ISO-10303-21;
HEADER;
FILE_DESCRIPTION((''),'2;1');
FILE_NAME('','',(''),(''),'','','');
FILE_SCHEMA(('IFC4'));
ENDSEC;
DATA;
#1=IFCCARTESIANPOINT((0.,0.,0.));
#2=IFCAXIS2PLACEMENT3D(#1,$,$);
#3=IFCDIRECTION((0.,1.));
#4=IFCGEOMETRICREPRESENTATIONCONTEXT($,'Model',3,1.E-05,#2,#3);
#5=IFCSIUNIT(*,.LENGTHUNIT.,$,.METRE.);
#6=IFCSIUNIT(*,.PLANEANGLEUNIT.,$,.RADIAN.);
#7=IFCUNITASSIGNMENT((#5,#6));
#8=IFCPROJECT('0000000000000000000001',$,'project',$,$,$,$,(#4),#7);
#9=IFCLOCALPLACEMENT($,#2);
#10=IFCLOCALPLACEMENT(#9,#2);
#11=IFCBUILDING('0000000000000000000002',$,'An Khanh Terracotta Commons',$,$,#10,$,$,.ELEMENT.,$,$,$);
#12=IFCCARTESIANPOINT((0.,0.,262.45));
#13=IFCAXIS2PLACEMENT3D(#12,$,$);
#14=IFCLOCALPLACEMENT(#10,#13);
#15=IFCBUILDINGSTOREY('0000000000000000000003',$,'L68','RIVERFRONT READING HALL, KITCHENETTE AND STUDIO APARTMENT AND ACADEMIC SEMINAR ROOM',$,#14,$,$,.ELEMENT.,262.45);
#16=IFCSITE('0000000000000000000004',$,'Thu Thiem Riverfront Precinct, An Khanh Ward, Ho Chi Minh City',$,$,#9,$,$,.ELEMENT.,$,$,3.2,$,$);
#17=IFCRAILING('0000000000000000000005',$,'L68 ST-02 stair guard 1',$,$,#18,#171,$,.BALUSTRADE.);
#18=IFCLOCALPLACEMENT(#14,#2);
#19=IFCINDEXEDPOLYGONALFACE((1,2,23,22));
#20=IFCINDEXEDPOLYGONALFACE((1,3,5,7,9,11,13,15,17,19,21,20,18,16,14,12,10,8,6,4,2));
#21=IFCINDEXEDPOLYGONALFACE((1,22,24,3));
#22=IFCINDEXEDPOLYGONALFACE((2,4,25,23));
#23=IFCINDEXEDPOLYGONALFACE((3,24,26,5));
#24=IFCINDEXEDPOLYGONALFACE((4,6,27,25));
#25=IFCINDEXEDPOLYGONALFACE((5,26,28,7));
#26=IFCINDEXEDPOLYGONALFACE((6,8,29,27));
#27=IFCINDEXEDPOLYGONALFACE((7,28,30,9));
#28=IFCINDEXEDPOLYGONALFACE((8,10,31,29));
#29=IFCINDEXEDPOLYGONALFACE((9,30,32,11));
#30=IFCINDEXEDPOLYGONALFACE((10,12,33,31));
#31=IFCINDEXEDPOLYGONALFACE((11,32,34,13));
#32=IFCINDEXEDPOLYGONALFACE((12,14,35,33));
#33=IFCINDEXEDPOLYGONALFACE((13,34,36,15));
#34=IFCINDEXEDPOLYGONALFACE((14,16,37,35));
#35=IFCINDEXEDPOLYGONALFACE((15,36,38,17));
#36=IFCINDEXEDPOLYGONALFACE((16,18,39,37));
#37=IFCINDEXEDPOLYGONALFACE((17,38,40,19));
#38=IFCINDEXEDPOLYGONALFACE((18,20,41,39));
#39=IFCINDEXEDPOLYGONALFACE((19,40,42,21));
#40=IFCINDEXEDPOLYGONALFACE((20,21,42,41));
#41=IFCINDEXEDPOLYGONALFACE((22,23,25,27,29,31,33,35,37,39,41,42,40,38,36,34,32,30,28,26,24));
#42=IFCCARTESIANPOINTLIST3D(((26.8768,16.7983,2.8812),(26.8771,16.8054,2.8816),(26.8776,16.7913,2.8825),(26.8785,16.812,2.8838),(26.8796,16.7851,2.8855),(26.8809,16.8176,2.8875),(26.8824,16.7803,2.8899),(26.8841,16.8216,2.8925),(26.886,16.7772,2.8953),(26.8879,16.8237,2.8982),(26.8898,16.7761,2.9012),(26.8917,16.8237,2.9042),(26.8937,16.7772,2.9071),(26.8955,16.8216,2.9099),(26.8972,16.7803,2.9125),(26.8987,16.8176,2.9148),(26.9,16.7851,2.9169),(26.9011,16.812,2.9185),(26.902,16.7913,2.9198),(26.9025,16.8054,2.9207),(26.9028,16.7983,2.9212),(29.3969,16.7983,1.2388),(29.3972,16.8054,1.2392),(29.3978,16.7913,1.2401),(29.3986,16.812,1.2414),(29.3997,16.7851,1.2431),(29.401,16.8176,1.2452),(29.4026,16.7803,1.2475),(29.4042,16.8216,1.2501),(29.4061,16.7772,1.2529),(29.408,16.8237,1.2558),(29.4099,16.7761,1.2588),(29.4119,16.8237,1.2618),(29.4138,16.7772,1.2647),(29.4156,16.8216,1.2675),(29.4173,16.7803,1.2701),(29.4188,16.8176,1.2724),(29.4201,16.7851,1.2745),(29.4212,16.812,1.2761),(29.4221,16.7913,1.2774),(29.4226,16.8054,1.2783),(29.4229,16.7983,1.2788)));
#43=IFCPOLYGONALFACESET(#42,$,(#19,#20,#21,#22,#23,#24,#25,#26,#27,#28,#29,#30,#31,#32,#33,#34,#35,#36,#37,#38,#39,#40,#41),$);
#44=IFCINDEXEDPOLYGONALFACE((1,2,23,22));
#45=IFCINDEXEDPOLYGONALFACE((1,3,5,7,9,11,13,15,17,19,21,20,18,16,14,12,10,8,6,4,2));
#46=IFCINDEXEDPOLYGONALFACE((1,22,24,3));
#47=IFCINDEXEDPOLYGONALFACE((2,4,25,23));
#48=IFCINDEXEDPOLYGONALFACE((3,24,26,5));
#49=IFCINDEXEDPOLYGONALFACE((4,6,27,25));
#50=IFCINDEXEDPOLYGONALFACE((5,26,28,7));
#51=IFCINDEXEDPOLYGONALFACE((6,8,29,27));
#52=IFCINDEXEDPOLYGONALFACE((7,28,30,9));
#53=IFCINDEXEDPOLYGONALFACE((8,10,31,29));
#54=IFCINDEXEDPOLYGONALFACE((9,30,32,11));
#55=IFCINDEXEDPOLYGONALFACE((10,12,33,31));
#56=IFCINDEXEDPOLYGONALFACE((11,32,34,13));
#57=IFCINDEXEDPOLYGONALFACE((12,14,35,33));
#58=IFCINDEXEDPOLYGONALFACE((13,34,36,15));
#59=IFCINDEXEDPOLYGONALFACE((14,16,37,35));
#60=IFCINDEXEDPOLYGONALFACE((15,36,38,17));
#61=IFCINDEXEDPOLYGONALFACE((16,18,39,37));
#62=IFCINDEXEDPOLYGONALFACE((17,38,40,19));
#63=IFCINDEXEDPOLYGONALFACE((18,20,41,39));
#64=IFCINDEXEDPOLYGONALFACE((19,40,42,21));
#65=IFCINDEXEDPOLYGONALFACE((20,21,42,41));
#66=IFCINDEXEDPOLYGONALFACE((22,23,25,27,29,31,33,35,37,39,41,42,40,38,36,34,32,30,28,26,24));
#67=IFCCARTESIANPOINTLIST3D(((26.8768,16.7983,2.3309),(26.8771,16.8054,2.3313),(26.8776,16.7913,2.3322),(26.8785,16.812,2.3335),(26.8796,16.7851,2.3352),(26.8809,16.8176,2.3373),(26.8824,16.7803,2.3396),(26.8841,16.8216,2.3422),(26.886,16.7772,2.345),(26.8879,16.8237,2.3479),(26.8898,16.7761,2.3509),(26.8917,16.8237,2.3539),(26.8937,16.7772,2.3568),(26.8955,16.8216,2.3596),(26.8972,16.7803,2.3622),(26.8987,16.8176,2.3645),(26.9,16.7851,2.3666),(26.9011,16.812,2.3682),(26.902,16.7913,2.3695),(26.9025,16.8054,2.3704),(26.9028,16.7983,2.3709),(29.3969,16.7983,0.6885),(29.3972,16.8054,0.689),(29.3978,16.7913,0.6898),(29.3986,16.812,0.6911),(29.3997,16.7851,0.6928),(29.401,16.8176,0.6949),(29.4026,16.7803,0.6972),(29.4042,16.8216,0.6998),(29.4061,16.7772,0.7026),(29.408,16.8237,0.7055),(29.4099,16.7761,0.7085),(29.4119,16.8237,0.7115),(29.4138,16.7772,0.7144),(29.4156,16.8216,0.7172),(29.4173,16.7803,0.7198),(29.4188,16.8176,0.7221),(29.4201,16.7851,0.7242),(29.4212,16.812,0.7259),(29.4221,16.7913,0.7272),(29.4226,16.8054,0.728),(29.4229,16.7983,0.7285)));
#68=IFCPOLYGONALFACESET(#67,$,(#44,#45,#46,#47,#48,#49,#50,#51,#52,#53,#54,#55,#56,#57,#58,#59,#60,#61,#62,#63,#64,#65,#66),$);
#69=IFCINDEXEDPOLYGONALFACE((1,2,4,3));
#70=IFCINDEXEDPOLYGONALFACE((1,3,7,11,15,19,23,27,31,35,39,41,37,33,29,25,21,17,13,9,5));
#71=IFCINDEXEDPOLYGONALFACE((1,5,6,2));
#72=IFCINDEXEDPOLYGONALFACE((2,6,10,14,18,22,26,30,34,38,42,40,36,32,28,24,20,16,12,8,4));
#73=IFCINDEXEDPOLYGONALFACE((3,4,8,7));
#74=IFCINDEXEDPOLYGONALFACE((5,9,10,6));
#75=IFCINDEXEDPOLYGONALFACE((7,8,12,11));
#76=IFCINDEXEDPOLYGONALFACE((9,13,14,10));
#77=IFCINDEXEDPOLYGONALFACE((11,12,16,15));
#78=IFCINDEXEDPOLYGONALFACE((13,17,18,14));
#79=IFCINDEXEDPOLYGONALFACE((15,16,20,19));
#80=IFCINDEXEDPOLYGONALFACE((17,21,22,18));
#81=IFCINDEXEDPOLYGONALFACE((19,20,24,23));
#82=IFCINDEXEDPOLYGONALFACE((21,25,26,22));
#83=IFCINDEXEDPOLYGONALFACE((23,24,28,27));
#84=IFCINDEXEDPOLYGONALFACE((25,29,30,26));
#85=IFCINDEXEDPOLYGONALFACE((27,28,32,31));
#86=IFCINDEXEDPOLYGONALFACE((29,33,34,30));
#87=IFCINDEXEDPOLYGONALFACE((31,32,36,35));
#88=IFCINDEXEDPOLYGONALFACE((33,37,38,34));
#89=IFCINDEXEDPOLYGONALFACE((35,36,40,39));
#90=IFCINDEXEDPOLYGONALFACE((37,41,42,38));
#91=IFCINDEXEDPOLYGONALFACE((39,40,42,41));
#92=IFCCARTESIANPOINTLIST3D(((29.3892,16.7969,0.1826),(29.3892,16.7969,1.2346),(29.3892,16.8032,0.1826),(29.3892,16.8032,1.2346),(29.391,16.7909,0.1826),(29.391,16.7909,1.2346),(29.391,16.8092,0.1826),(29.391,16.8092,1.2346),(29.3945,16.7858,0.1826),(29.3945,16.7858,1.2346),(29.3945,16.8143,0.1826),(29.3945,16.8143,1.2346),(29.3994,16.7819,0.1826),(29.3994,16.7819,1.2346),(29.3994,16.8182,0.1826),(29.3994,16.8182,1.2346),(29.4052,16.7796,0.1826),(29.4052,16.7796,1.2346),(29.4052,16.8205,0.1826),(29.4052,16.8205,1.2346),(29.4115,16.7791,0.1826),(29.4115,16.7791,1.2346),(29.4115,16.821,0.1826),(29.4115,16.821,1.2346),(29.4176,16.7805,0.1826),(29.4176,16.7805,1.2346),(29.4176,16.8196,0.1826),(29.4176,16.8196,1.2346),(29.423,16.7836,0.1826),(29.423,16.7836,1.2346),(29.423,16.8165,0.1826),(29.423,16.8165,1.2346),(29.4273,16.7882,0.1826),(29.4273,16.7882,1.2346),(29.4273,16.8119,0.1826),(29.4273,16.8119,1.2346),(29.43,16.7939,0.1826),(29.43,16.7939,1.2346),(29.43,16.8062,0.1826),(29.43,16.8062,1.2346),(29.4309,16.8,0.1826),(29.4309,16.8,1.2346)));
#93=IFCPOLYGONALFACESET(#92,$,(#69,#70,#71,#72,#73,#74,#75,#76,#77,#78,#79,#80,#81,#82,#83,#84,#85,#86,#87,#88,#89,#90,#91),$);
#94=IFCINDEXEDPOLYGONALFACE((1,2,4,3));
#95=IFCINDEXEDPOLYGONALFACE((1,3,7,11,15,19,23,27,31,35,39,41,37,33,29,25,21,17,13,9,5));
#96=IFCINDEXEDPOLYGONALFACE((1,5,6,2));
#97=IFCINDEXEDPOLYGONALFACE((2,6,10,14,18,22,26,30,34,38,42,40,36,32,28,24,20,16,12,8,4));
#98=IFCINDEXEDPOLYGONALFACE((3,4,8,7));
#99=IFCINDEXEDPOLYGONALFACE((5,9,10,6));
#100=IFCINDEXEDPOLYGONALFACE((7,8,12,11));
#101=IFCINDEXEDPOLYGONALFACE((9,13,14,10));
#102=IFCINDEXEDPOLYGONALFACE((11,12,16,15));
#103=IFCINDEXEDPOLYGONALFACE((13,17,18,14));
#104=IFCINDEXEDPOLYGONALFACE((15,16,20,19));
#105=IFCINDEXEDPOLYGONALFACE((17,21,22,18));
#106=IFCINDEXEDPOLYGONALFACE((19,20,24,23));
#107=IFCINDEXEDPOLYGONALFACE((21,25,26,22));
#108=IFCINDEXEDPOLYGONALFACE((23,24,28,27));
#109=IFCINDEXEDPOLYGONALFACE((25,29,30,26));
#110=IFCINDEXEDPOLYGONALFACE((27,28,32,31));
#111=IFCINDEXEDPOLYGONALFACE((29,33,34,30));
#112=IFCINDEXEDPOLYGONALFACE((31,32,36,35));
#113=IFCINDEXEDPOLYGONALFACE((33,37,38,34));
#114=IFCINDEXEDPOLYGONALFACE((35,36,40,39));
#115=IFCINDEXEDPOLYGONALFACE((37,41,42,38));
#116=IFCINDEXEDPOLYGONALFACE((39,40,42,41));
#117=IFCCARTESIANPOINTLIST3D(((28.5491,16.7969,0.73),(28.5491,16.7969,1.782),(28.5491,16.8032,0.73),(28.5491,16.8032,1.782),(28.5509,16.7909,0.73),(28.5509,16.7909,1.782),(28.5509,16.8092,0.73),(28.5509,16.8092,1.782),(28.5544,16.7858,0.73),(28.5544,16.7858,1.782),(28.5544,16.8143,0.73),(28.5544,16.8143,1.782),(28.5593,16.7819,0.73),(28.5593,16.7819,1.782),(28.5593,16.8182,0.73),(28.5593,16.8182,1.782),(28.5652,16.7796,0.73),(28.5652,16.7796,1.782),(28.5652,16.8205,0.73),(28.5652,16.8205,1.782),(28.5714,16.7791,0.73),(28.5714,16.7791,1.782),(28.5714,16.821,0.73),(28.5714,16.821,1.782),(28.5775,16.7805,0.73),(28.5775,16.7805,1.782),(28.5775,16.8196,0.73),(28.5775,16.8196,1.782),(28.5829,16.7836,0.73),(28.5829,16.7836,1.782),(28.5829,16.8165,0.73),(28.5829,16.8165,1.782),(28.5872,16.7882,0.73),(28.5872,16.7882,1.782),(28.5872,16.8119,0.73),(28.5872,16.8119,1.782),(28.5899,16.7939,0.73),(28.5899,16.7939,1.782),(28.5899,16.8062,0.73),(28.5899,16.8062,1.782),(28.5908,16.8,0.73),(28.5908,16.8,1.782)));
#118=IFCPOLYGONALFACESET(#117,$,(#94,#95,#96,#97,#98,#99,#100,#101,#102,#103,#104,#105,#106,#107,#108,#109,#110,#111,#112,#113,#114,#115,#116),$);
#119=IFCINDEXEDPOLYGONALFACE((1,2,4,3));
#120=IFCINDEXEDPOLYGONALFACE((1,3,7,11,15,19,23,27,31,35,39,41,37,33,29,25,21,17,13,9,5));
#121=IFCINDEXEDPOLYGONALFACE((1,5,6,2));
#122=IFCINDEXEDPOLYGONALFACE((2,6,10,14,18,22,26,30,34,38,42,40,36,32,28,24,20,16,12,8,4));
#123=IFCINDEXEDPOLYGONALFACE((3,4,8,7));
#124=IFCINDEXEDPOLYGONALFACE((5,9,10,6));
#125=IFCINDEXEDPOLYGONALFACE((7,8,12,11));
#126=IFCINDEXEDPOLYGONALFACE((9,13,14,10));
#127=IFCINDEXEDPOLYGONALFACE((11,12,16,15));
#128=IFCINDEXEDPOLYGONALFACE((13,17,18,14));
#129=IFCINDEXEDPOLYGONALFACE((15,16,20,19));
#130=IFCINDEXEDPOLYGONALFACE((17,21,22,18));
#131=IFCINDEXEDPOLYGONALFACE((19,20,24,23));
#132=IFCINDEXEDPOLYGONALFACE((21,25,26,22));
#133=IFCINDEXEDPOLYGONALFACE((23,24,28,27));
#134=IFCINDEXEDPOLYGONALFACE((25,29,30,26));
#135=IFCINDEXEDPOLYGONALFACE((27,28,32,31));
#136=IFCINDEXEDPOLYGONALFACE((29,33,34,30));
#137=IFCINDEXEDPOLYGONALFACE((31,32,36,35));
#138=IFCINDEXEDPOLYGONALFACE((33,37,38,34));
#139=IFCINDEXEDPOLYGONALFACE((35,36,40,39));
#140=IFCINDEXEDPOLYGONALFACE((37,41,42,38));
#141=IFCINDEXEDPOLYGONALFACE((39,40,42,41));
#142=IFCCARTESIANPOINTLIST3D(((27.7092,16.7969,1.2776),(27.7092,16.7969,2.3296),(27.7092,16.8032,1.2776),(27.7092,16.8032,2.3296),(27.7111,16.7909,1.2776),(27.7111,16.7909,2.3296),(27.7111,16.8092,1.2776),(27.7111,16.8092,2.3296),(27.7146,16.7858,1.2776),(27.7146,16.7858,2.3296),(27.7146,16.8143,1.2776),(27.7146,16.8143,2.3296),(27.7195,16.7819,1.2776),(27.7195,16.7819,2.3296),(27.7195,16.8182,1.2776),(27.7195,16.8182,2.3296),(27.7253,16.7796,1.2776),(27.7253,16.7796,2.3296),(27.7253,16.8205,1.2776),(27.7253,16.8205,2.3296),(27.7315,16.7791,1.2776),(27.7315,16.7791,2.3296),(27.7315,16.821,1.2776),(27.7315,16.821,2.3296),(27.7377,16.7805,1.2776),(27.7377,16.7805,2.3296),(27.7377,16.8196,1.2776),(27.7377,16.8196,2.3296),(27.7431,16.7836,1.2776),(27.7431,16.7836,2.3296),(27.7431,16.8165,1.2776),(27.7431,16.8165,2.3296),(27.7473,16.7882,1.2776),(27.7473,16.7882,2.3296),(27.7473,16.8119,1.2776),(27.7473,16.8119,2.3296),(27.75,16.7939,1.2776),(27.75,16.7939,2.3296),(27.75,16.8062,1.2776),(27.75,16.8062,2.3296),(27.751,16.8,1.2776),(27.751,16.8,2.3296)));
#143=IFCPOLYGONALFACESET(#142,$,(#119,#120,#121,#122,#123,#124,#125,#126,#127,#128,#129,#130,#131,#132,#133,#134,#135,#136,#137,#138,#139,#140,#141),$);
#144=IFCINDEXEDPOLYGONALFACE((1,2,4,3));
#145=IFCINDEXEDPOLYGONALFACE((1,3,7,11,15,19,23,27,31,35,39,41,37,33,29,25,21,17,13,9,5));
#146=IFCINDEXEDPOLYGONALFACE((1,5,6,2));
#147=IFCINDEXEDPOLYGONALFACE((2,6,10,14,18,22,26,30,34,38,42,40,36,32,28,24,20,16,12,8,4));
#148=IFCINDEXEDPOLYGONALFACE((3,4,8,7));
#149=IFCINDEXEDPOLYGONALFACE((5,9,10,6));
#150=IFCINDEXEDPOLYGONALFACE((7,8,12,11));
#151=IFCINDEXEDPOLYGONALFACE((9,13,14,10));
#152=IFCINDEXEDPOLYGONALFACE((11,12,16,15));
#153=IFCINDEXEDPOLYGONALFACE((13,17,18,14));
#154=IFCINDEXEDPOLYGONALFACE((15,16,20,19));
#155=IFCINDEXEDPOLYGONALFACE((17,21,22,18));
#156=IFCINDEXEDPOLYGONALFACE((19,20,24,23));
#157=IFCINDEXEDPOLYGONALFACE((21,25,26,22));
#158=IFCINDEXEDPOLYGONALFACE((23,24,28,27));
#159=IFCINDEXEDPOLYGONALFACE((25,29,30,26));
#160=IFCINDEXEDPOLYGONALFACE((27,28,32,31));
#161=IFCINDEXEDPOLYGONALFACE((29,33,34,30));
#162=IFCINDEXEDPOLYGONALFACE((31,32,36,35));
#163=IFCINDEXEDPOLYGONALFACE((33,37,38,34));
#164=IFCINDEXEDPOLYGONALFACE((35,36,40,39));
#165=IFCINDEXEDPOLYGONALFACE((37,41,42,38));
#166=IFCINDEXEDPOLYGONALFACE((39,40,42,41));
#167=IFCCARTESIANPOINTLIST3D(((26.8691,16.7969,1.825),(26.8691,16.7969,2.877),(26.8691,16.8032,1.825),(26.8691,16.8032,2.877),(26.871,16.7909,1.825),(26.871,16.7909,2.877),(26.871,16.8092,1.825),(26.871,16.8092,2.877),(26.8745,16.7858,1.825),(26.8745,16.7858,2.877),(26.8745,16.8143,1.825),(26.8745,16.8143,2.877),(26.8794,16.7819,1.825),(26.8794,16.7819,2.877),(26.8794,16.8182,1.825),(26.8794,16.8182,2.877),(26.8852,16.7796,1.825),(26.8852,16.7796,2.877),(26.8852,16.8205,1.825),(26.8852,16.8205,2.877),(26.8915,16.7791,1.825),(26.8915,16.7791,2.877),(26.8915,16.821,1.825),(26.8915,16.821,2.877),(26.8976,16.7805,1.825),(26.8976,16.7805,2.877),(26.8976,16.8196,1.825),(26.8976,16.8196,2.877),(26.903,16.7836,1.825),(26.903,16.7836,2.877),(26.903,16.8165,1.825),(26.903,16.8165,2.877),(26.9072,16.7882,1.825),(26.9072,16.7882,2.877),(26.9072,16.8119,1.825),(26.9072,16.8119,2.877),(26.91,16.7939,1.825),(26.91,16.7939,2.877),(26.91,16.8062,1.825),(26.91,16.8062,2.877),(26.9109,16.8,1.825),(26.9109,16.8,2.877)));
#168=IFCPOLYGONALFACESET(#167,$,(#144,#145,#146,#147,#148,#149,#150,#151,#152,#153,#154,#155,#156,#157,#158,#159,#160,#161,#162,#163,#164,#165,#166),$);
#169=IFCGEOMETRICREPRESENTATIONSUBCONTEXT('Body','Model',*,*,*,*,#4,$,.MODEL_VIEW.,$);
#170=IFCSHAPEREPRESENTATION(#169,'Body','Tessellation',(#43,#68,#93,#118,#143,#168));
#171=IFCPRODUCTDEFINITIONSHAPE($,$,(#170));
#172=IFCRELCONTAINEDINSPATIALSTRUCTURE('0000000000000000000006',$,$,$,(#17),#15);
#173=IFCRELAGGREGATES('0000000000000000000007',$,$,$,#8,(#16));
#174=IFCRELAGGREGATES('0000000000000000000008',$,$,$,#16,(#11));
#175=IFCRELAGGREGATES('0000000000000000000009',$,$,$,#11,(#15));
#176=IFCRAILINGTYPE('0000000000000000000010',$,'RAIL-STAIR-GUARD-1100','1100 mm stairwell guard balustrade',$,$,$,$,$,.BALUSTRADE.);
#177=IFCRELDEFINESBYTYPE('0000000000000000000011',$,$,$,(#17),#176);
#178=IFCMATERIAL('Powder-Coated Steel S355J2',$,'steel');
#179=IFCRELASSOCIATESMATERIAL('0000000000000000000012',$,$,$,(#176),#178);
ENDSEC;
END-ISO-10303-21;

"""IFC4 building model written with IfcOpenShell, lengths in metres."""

from ifc_helpers import new_model, si_unit, direction, frame, origin, origin_2d, place, context, subcontext, project, spatial, circle, extrude, material, type_object, element, save


model = new_model("IFC4")

# Units and contexts
model_context = context("Model", 3, precision=1e-05, world=origin(), true_north=direction((0.0, 1.0)))
body_context = subcontext(model_context, "Body", "Model", "MODEL_VIEW")
ifc_project = project(units=[si_unit("LENGTHUNIT", "METRE"), si_unit("PLANEANGLEUNIT", "RADIAN")], contexts=[model_context])

# Site, building, storey
site_placement = place(None, origin())
site = spatial("IfcSite", under=ifc_project, at=site_placement, Name="Thu Thiem Riverfront Precinct, An Khanh Ward, Ho Chi Minh City", CompositionType="ELEMENT", RefElevation=3.2)
building_placement = place(site_placement, origin())
building = spatial("IfcBuilding", under=site, at=building_placement, Name="An Khanh Terracotta Commons", CompositionType="ELEMENT")
storey_placement = place(building_placement, frame((0.0, 0.0, 262.45)))
storey = spatial("IfcBuildingStorey", under=building, at=storey_placement, Name="L68", Description="RIVERFRONT READING HALL, KITCHENETTE AND STUDIO APARTMENT AND ACADEMIC SEMINAR ROOM", CompositionType="ELEMENT", Elevation=262.45)

# Railing
ifc_material_1 = material(Name="Powder-Coated Steel S355J2", Category="steel")
railing_type_1 = type_object("IfcRailingType", Name="RAIL-STAIR-GUARD-1100", Description="1100 mm stairwell guard balustrade", PredefinedType="BALUSTRADE", material=ifc_material_1)
railing_1_placement = place(storey_placement, frame((29.4099, 16.8, 0.1826)))
element("IfcRailing", 1, at=railing_1_placement, inside=storey, type_object=railing_type_1, Name="L68 ST-02 stair guard 1", PredefinedType="BALUSTRADE", context=body_context, shape_type="SweptSolid", body=[
    extrude(circle(Radius=0.0239, at=origin_2d()), frame((0.0, 0.0, 1.0762), z_axis=(-0.837787, 0.0, 0.545998), x_axis=(0.0, -1.0, 0.0)), (0.0, 0.0, 1.0), 3.0081),
    extrude(circle(Radius=0.0239, at=origin_2d()), frame((0.0, 0.0, 0.5259), z_axis=(-0.837787, 0.0, 0.545998), x_axis=(0.0, -1.0, 0.0)), (0.0, 0.0, 1.0), 3.0081),
    extrude(circle(Radius=0.021, at=origin_2d()), origin(), (0.0, 0.0, 1.0), 1.052),
    extrude(circle(Radius=0.021, at=origin_2d()), frame((-0.8401, 0.0, 0.5474)), (0.0, 0.0, 1.0), 1.052),
    extrude(circle(Radius=0.021, at=origin_2d()), frame((-1.6799, 0.0, 1.095)), (0.0, 0.0, 1.0), 1.052),
    extrude(circle(Radius=0.021, at=origin_2d()), frame((-2.52, 0.0, 1.6423)), (0.0, 0.0, 1.0), 1.052),
])

save(model, "model.ifc")
